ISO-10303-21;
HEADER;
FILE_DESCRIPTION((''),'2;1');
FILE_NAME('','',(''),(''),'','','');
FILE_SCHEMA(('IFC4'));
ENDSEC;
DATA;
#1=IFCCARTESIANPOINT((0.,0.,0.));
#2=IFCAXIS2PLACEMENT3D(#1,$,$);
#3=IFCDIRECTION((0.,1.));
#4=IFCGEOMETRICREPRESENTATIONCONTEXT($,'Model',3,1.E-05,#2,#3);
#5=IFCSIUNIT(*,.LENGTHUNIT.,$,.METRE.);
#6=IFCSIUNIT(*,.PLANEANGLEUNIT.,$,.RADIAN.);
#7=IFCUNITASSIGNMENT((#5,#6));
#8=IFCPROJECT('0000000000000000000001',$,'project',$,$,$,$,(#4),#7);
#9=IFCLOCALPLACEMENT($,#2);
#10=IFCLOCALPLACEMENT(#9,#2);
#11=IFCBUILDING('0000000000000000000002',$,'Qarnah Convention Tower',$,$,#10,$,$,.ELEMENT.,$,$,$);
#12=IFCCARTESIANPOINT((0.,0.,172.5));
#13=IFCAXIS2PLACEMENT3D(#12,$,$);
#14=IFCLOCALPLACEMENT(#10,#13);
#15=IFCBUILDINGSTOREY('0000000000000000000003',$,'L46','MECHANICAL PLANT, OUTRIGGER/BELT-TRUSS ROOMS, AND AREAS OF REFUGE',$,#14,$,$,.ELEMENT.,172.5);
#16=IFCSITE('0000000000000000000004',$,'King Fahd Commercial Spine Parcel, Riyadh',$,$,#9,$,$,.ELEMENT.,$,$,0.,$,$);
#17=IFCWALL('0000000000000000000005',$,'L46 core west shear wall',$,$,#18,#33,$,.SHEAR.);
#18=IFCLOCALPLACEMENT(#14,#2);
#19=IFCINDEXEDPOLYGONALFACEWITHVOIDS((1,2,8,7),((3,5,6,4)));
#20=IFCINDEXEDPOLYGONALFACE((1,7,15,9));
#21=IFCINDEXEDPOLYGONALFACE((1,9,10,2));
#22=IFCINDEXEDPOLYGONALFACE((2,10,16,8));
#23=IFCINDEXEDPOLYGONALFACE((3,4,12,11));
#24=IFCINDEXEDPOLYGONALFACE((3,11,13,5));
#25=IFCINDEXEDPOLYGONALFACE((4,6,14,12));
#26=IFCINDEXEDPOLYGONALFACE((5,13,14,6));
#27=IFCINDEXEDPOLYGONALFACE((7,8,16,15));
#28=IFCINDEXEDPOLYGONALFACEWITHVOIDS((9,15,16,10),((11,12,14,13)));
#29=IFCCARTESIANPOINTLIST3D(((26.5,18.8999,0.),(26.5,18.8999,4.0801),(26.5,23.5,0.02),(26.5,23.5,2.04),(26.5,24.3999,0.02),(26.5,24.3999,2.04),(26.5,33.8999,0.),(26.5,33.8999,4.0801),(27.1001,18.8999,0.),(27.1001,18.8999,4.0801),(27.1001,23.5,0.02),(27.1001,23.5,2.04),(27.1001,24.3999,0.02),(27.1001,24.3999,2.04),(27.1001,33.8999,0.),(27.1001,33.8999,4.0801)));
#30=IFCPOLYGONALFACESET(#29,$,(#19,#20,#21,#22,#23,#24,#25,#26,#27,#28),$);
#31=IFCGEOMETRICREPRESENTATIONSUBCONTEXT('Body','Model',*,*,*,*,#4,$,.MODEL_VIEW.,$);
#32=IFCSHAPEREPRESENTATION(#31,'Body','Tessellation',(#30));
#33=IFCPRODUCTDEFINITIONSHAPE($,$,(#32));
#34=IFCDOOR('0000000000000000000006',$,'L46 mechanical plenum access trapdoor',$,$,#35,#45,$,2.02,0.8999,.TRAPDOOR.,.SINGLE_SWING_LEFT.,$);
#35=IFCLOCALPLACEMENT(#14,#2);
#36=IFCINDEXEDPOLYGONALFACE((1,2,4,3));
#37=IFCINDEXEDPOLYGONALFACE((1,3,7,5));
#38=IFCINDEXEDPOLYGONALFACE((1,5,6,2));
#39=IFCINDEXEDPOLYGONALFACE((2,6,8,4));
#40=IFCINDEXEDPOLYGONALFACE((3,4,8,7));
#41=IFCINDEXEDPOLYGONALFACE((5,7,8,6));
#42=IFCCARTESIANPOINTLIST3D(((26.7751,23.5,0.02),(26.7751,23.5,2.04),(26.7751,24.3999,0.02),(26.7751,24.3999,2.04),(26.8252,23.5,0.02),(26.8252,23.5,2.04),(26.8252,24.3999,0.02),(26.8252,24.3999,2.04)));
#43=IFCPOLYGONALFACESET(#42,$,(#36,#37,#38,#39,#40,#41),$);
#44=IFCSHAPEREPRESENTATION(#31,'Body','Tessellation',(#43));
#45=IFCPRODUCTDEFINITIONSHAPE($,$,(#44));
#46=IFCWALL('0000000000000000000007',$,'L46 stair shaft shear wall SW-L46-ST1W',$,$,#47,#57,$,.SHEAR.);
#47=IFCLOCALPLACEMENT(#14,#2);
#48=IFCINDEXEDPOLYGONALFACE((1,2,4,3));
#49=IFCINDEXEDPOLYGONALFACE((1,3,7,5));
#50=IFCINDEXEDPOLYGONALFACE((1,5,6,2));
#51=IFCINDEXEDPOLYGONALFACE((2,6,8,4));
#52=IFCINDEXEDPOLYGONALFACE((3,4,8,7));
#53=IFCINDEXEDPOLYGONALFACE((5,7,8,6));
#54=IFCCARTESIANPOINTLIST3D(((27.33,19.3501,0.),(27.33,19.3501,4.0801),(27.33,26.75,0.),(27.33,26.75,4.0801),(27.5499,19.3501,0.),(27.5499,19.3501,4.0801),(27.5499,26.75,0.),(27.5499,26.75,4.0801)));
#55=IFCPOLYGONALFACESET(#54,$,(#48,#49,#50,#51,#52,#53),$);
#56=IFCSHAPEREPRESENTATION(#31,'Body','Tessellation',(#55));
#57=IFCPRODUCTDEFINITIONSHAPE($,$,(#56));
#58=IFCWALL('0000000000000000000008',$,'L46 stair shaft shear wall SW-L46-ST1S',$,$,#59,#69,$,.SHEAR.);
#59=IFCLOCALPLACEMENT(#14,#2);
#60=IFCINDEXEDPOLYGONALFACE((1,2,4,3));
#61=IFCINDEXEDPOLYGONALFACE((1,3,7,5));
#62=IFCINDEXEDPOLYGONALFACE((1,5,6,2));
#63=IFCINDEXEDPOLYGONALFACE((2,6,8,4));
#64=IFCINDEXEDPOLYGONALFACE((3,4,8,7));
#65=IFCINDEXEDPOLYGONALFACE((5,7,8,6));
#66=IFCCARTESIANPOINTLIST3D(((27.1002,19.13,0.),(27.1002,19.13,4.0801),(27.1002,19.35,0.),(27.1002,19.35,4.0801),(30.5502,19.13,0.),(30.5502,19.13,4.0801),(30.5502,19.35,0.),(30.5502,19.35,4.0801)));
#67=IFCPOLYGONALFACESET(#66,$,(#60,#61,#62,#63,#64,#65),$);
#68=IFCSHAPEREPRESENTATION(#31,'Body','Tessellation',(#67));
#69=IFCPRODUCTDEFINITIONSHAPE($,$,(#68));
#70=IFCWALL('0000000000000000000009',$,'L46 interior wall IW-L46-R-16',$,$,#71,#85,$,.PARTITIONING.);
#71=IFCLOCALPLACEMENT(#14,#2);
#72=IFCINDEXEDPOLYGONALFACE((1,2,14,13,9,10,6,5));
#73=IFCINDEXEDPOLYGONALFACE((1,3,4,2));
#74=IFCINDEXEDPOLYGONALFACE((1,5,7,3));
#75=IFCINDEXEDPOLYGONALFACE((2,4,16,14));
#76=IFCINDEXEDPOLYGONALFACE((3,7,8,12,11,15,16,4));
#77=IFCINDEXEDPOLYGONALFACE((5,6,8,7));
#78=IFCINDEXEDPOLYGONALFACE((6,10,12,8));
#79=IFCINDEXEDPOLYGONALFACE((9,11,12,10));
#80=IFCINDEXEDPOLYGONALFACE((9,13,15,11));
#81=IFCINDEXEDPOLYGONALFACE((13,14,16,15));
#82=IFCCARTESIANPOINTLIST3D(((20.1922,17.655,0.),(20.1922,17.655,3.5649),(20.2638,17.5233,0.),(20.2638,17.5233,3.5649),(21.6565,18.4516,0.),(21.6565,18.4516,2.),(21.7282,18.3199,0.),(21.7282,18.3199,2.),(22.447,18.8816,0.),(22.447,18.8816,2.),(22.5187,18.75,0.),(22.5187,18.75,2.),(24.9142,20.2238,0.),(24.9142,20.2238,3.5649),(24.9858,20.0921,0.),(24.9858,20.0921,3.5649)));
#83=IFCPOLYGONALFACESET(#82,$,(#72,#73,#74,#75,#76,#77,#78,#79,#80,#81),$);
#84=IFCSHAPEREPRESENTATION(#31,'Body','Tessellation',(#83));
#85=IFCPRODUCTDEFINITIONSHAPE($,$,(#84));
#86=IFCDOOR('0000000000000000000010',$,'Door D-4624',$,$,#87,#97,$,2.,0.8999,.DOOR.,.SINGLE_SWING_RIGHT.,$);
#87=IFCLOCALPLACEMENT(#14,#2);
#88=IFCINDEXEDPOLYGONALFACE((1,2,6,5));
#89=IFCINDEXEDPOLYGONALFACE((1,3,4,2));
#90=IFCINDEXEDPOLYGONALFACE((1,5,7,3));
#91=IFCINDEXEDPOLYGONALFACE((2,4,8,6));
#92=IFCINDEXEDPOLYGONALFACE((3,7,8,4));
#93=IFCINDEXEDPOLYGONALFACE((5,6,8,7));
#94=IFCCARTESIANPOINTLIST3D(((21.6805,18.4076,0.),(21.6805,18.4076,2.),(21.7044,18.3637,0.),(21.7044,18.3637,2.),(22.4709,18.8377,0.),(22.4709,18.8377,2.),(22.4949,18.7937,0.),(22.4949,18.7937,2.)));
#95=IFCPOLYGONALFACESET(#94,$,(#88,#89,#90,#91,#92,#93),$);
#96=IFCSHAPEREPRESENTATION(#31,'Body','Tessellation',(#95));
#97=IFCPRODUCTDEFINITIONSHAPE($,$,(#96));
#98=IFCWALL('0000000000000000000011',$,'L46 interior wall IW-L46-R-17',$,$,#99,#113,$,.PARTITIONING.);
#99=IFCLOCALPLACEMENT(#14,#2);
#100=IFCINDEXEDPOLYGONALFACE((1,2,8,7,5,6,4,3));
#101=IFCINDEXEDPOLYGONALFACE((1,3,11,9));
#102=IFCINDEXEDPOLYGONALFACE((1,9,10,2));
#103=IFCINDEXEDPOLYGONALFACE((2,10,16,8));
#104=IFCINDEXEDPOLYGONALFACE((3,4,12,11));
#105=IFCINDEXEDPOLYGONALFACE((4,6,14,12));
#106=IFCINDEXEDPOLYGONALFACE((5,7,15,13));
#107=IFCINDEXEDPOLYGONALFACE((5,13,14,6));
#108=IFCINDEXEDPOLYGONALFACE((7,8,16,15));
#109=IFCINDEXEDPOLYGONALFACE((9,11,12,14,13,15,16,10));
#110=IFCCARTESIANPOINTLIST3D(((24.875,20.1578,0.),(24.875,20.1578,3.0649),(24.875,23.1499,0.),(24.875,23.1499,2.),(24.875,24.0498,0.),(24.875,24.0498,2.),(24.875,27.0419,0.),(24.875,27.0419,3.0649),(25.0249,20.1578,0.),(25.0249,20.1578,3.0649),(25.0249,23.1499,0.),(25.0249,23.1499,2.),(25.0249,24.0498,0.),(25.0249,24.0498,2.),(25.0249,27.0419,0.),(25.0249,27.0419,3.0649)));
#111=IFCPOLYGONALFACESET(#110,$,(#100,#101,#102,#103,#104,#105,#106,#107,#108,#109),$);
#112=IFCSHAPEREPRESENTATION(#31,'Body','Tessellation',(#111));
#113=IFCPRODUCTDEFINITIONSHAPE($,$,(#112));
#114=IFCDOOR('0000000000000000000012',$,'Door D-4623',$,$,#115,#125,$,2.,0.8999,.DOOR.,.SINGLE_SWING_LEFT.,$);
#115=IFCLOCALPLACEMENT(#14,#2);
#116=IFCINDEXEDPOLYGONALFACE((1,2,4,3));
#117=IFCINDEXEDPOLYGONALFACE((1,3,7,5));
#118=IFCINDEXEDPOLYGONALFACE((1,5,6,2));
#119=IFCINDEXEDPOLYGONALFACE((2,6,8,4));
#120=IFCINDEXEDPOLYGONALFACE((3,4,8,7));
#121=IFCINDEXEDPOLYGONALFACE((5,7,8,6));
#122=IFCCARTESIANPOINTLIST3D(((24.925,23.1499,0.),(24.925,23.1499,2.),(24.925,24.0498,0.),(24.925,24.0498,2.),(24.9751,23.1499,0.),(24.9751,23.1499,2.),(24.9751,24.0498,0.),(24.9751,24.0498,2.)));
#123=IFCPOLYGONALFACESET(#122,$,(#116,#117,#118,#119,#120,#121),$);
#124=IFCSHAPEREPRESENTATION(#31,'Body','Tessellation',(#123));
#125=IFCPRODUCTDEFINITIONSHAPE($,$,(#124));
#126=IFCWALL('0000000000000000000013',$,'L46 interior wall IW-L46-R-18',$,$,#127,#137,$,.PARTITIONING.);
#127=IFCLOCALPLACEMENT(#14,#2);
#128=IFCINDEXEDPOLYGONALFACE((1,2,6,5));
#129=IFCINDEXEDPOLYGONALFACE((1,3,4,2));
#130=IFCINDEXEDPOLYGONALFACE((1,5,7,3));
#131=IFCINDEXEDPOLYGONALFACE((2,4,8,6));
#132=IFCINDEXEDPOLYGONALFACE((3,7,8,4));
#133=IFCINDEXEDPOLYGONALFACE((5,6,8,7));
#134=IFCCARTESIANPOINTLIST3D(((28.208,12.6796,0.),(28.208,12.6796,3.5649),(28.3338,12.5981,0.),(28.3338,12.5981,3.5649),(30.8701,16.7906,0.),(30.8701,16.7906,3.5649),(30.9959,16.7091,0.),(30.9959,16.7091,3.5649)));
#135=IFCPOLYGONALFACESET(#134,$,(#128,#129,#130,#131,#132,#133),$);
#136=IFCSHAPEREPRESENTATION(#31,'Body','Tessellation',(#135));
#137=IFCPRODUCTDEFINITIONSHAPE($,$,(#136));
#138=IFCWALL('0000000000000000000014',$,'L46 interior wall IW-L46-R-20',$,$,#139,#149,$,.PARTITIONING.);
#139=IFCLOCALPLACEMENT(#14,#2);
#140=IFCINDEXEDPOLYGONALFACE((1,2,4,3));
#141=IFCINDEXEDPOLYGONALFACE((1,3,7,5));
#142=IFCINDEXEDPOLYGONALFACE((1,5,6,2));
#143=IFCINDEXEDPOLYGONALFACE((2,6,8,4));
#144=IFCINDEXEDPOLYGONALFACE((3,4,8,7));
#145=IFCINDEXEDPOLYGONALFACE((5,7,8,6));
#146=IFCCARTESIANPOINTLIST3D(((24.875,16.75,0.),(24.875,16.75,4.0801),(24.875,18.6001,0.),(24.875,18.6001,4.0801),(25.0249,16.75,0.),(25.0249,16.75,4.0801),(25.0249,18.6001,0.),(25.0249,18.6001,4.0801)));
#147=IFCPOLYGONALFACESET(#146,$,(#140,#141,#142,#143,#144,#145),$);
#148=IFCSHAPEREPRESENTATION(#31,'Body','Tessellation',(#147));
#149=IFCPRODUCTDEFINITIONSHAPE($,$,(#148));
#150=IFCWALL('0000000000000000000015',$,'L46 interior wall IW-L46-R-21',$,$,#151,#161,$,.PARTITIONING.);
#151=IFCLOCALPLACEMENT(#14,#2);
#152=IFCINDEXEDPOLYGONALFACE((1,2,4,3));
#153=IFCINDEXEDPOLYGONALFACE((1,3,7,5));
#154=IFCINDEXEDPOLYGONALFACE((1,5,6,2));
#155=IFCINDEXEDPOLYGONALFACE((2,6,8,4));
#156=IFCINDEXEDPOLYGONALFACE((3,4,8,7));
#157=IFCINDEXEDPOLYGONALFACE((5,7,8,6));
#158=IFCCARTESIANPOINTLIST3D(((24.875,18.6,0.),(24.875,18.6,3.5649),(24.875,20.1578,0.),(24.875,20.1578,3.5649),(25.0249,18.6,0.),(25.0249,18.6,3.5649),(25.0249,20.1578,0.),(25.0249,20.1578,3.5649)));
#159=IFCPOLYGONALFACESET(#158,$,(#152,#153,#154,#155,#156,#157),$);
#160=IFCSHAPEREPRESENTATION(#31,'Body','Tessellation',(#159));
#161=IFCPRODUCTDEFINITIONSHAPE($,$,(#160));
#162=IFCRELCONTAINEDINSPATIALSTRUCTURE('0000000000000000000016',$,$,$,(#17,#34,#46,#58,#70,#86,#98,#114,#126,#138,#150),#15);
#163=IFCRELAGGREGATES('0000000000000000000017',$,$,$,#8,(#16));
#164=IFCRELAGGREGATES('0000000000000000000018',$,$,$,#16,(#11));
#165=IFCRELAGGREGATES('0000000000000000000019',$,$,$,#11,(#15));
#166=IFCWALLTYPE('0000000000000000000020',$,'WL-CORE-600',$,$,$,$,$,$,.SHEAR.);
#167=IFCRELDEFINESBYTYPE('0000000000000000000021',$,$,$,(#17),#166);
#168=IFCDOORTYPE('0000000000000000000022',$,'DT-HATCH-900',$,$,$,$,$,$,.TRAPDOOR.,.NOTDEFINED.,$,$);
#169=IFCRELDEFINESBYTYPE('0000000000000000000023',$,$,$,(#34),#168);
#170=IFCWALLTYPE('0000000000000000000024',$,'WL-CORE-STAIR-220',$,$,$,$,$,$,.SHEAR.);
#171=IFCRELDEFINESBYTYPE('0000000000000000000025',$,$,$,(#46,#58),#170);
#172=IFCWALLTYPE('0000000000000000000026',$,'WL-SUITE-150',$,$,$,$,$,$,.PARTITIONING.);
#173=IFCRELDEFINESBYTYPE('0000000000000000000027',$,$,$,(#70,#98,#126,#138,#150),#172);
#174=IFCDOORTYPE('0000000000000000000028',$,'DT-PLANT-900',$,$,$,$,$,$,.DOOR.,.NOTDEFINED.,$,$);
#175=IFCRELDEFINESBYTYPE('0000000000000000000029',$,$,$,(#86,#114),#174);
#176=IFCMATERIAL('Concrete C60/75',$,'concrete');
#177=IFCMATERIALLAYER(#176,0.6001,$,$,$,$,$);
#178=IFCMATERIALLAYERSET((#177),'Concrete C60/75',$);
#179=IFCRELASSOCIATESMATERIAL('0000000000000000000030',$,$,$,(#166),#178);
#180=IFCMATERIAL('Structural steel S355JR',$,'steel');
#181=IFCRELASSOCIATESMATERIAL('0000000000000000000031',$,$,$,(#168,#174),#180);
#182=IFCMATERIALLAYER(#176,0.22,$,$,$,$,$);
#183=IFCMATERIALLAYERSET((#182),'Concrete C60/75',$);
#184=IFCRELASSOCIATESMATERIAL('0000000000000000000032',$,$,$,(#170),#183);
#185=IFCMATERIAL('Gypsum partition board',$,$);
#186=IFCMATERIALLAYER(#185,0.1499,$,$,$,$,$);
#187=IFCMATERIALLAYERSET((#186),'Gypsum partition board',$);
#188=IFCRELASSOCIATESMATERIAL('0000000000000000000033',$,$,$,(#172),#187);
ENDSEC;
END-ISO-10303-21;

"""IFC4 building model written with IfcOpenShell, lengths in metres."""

from ifc_helpers import new_model, si_unit, direction, frame, frame_2d, origin, place, context, subcontext, project, spatial, rectangle, extrude, material, layer, layer_set, type_object, element, fill, save


model = new_model("IFC4")

# Units and contexts
model_context = context("Model", 3, precision=1e-05, world=origin(), true_north=direction((0.0, 1.0)))
body_context = subcontext(model_context, "Body", "Model", "MODEL_VIEW")
ifc_project = project(units=[si_unit("LENGTHUNIT", "METRE"), si_unit("PLANEANGLEUNIT", "RADIAN")], contexts=[model_context])

# Site, building, storey
site_placement = place(None, origin())
site = spatial("IfcSite", under=ifc_project, at=site_placement, Name="King Fahd Commercial Spine Parcel, Riyadh", CompositionType="ELEMENT", RefElevation=0.0)
building_placement = place(site_placement, origin())
building = spatial("IfcBuilding", under=site, at=building_placement, Name="Qarnah Convention Tower", CompositionType="ELEMENT")
storey_placement = place(building_placement, frame((0.0, 0.0, 172.5)))
storey = spatial("IfcBuildingStorey", under=building, at=storey_placement, Name="L46", Description="MECHANICAL PLANT, OUTRIGGER/BELT-TRUSS ROOMS, AND AREAS OF REFUGE", CompositionType="ELEMENT", Elevation=172.5)

# Shared definitions
ifc_material_1 = material(Name="Concrete C60/75", Category="concrete")

# Shared definitions
ifc_material_2 = material(Name="Structural steel S355JR", Category="steel")

# Shared definitions
ifc_layer_1 = layer(ifc_material_1, 0.6001)
ifc_layer_set_1 = layer_set([ifc_layer_1], Name="Concrete C60/75")
wall_type_1 = type_object("IfcWallType", Name="WL-CORE-600", PredefinedType="SHEAR", material=ifc_layer_set_1)

# Wall, opening, door
wall_1_placement = place(storey_placement, frame((26.8, 18.8999, 0.0), z_axis=(0.0, 0.0, 1.0), x_axis=(0.0, 1.0, 0.0)))
wall_1 = element("IfcWall", 1, at=wall_1_placement, inside=storey, type_object=wall_type_1, Name="L46 core west shear wall", PredefinedType="SHEAR", context=body_context, shape_type="SweptSolid", body=[
    extrude(rectangle(XDim=15.0, YDim=0.6001, at=frame_2d((7.5, 0.0))), origin(), (0.0, 0.0, 1.0), 4.0801),
])
opening_1_placement = place(wall_1_placement, frame((4.6001, 0.0, 0.02)))
opening_1 = element("IfcOpeningElement", 2, at=opening_1_placement, cuts=wall_1, PredefinedType="OPENING", context=body_context, shape_type="SweptSolid", body=[
    extrude(rectangle(XDim=0.8999, YDim=2.02, at=frame_2d((0.45, 1.01))), frame((0.0, 0.3101, 0.0), z_axis=(0.0, -1.0, 0.0), x_axis=(1.0, 0.0, 0.0)), (0.0, 0.0, 1.0), 0.6201),
])
door_type_1 = type_object("IfcDoorType", Name="DT-HATCH-900", OperationType="NOTDEFINED", PredefinedType="TRAPDOOR", material=ifc_material_2)
door_1_placement = place(opening_1_placement, origin())
door_1 = element("IfcDoor", 3, at=door_1_placement, inside=storey, type_object=door_type_1, Name="L46 mechanical plenum access trapdoor", OperationType="SINGLE_SWING_LEFT", OverallHeight=2.02, OverallWidth=0.8999, PredefinedType="TRAPDOOR", context=body_context, shape_type="SweptSolid", body=[
    extrude(rectangle(XDim=0.8999, YDim=2.02, at=frame_2d((0.45, 1.01))), frame((0.0, 0.0249, 0.0), z_axis=(0.0, -1.0, 0.0), x_axis=(1.0, 0.0, 0.0)), (0.0, 0.0, 1.0), 0.05),
])
fill(opening_1, door_1)

# Walls
ifc_layer_2 = layer(ifc_material_1, 0.22)
ifc_layer_set_2 = layer_set([ifc_layer_2], Name="Concrete C60/75")
wall_type_2 = type_object("IfcWallType", Name="WL-CORE-STAIR-220", PredefinedType="SHEAR", material=ifc_layer_set_2)
wall_2_placement = place(storey_placement, frame((27.4399, 19.3501, 0.0), z_axis=(0.0, 0.0, 1.0), x_axis=(0.0, 1.0, 0.0)))
element("IfcWall", 4, at=wall_2_placement, inside=storey, type_object=wall_type_2, Name="L46 stair shaft shear wall SW-L46-ST1W", PredefinedType="SHEAR", context=body_context, shape_type="SweptSolid", body=[
    extrude(rectangle(XDim=7.3999, YDim=0.22, at=frame_2d((3.7, 0.0))), origin(), (0.0, 0.0, 1.0), 4.0801),
])
wall_3_placement = place(storey_placement, frame((27.1001, 19.24, 0.0), z_axis=(0.0, 0.0, 1.0), x_axis=(1.0, 0.0, 0.0)))
element("IfcWall", 5, at=wall_3_placement, inside=storey, type_object=wall_type_2, Name="L46 stair shaft shear wall SW-L46-ST1S", PredefinedType="SHEAR", context=body_context, shape_type="SweptSolid", body=[
    extrude(rectangle(XDim=3.45, YDim=0.22, at=frame_2d((1.7251, 0.0))), origin(), (0.0, 0.0, 1.0), 4.0801),
])

# Walls, openings, doors
ifc_material_3 = material(Name="Gypsum partition board")
ifc_layer_3 = layer(ifc_material_3, 0.1499)
ifc_layer_set_3 = layer_set([ifc_layer_3], Name="Gypsum partition board")
wall_type_3 = type_object("IfcWallType", Name="WL-SUITE-150", PredefinedType="PARTITIONING", material=ifc_layer_set_3)
wall_4_placement = place(storey_placement, frame((20.228, 17.5891, 0.0), z_axis=(0.0, 0.0, 1.0), x_axis=(0.878423, 0.477884, 0.0)))
wall_4 = element("IfcWall", 6, at=wall_4_placement, inside=storey, type_object=wall_type_3, Name="L46 interior wall IW-L46-R-16", PredefinedType="PARTITIONING", context=body_context, shape_type="SweptSolid", body=[
    extrude(rectangle(XDim=5.3755, YDim=0.1499, at=frame_2d((2.6877, 0.0))), origin(), (0.0, 0.0, 1.0), 3.5649),
])
opening_2_placement = place(wall_4_placement, frame((1.667, 0.0, 0.0)))
opening_2 = element("IfcOpeningElement", 7, at=opening_2_placement, cuts=wall_4, PredefinedType="OPENING", context=body_context, shape_type="SweptSolid", body=[
    extrude(rectangle(XDim=0.8999, YDim=2.0, at=frame_2d((0.45, 1.0))), frame((0.0, 0.085, 0.0), z_axis=(0.0, -1.0, 0.0), x_axis=(1.0, 0.0, 0.0)), (0.0, 0.0, 1.0), 0.1699),
])
door_type_2 = type_object("IfcDoorType", Name="DT-PLANT-900", OperationType="NOTDEFINED", PredefinedType="DOOR", material=ifc_material_2)
door_2_placement = place(opening_2_placement, origin())
door_2 = element("IfcDoor", 8, at=door_2_placement, inside=storey, type_object=door_type_2, Name="Door D-4624", OperationType="SINGLE_SWING_RIGHT", OverallHeight=2.0, OverallWidth=0.8999, PredefinedType="DOOR", context=body_context, shape_type="SweptSolid", body=[
    extrude(rectangle(XDim=0.8999, YDim=2.0, at=frame_2d((0.45, 1.0))), frame((0.0, 0.0249, 0.0), z_axis=(0.0, -1.0, 0.0), x_axis=(1.0, 0.0, 0.0)), (0.0, 0.0, 1.0), 0.05),
])
fill(opening_2, door_2)
wall_5_placement = place(storey_placement, frame((24.95, 20.158, 0.0), z_axis=(0.0, 0.0, 1.0), x_axis=(0.0, 1.0, 0.0)))
wall_5 = element("IfcWall", 9, at=wall_5_placement, inside=storey, type_object=wall_type_3, Name="L46 interior wall IW-L46-R-17", PredefinedType="PARTITIONING", context=body_context, shape_type="SweptSolid", body=[
    extrude(rectangle(XDim=6.884, YDim=0.1499, at=frame_2d((3.4419, 0.0))), origin(), (0.0, 0.0, 1.0), 3.0649),
])
opening_3_placement = place(wall_5_placement, frame((2.9919, 0.0, 0.0)))
opening_3 = element("IfcOpeningElement", 10, at=opening_3_placement, cuts=wall_5, PredefinedType="OPENING", context=body_context, shape_type="SweptSolid", body=[
    extrude(rectangle(XDim=0.8999, YDim=2.0, at=frame_2d((0.45, 1.0))), frame((0.0, 0.085, 0.0), z_axis=(0.0, -1.0, 0.0), x_axis=(1.0, 0.0, 0.0)), (0.0, 0.0, 1.0), 0.1699),
])
door_3_placement = place(opening_3_placement, origin())
door_3 = element("IfcDoor", 11, at=door_3_placement, inside=storey, type_object=door_type_2, Name="Door D-4623", OperationType="SINGLE_SWING_LEFT", OverallHeight=2.0, OverallWidth=0.8999, PredefinedType="DOOR", context=body_context, shape_type="SweptSolid", body=[
    extrude(rectangle(XDim=0.8999, YDim=2.0, at=frame_2d((0.45, 1.0))), frame((0.0, 0.0249, 0.0), z_axis=(0.0, -1.0, 0.0), x_axis=(1.0, 0.0, 0.0)), (0.0, 0.0, 1.0), 0.05),
])
fill(opening_3, door_3)

# Walls
wall_6_placement = place(storey_placement, frame((28.271, 12.6389, 0.0), z_axis=(0.0, 0.0, 1.0), x_axis=(0.543539, 0.839384, 0.0)))
element("IfcWall", 12, at=wall_6_placement, inside=storey, type_object=wall_type_3, Name="L46 interior wall IW-L46-R-18", PredefinedType="PARTITIONING", context=body_context, shape_type="SweptSolid", body=[
    extrude(rectangle(XDim=4.8977, YDim=0.1499, at=frame_2d((2.4487, 0.0))), origin(), (0.0, 0.0, 1.0), 3.5649),
])
wall_7_placement = place(storey_placement, frame((24.95, 16.75, 0.0), z_axis=(0.0, 0.0, 1.0), x_axis=(0.0, 1.0, 0.0)))
element("IfcWall", 13, at=wall_7_placement, inside=storey, type_object=wall_type_3, Name="L46 interior wall IW-L46-R-20", PredefinedType="PARTITIONING", context=body_context, shape_type="SweptSolid", body=[
    extrude(rectangle(XDim=1.8501, YDim=0.1499, at=frame_2d((0.925, 0.0))), origin(), (0.0, 0.0, 1.0), 4.0801),
])
wall_8_placement = place(storey_placement, frame((24.95, 18.6001, 0.0), z_axis=(0.0, 0.0, 1.0), x_axis=(0.0, 1.0, 0.0)))
element("IfcWall", 14, at=wall_8_placement, inside=storey, type_object=wall_type_3, Name="L46 interior wall IW-L46-R-21", PredefinedType="PARTITIONING", context=body_context, shape_type="SweptSolid", body=[
    extrude(rectangle(XDim=1.5579, YDim=0.1499, at=frame_2d((0.7788, 0.0))), origin(), (0.0, 0.0, 1.0), 3.5649),
])

save(model, "model.ifc")
